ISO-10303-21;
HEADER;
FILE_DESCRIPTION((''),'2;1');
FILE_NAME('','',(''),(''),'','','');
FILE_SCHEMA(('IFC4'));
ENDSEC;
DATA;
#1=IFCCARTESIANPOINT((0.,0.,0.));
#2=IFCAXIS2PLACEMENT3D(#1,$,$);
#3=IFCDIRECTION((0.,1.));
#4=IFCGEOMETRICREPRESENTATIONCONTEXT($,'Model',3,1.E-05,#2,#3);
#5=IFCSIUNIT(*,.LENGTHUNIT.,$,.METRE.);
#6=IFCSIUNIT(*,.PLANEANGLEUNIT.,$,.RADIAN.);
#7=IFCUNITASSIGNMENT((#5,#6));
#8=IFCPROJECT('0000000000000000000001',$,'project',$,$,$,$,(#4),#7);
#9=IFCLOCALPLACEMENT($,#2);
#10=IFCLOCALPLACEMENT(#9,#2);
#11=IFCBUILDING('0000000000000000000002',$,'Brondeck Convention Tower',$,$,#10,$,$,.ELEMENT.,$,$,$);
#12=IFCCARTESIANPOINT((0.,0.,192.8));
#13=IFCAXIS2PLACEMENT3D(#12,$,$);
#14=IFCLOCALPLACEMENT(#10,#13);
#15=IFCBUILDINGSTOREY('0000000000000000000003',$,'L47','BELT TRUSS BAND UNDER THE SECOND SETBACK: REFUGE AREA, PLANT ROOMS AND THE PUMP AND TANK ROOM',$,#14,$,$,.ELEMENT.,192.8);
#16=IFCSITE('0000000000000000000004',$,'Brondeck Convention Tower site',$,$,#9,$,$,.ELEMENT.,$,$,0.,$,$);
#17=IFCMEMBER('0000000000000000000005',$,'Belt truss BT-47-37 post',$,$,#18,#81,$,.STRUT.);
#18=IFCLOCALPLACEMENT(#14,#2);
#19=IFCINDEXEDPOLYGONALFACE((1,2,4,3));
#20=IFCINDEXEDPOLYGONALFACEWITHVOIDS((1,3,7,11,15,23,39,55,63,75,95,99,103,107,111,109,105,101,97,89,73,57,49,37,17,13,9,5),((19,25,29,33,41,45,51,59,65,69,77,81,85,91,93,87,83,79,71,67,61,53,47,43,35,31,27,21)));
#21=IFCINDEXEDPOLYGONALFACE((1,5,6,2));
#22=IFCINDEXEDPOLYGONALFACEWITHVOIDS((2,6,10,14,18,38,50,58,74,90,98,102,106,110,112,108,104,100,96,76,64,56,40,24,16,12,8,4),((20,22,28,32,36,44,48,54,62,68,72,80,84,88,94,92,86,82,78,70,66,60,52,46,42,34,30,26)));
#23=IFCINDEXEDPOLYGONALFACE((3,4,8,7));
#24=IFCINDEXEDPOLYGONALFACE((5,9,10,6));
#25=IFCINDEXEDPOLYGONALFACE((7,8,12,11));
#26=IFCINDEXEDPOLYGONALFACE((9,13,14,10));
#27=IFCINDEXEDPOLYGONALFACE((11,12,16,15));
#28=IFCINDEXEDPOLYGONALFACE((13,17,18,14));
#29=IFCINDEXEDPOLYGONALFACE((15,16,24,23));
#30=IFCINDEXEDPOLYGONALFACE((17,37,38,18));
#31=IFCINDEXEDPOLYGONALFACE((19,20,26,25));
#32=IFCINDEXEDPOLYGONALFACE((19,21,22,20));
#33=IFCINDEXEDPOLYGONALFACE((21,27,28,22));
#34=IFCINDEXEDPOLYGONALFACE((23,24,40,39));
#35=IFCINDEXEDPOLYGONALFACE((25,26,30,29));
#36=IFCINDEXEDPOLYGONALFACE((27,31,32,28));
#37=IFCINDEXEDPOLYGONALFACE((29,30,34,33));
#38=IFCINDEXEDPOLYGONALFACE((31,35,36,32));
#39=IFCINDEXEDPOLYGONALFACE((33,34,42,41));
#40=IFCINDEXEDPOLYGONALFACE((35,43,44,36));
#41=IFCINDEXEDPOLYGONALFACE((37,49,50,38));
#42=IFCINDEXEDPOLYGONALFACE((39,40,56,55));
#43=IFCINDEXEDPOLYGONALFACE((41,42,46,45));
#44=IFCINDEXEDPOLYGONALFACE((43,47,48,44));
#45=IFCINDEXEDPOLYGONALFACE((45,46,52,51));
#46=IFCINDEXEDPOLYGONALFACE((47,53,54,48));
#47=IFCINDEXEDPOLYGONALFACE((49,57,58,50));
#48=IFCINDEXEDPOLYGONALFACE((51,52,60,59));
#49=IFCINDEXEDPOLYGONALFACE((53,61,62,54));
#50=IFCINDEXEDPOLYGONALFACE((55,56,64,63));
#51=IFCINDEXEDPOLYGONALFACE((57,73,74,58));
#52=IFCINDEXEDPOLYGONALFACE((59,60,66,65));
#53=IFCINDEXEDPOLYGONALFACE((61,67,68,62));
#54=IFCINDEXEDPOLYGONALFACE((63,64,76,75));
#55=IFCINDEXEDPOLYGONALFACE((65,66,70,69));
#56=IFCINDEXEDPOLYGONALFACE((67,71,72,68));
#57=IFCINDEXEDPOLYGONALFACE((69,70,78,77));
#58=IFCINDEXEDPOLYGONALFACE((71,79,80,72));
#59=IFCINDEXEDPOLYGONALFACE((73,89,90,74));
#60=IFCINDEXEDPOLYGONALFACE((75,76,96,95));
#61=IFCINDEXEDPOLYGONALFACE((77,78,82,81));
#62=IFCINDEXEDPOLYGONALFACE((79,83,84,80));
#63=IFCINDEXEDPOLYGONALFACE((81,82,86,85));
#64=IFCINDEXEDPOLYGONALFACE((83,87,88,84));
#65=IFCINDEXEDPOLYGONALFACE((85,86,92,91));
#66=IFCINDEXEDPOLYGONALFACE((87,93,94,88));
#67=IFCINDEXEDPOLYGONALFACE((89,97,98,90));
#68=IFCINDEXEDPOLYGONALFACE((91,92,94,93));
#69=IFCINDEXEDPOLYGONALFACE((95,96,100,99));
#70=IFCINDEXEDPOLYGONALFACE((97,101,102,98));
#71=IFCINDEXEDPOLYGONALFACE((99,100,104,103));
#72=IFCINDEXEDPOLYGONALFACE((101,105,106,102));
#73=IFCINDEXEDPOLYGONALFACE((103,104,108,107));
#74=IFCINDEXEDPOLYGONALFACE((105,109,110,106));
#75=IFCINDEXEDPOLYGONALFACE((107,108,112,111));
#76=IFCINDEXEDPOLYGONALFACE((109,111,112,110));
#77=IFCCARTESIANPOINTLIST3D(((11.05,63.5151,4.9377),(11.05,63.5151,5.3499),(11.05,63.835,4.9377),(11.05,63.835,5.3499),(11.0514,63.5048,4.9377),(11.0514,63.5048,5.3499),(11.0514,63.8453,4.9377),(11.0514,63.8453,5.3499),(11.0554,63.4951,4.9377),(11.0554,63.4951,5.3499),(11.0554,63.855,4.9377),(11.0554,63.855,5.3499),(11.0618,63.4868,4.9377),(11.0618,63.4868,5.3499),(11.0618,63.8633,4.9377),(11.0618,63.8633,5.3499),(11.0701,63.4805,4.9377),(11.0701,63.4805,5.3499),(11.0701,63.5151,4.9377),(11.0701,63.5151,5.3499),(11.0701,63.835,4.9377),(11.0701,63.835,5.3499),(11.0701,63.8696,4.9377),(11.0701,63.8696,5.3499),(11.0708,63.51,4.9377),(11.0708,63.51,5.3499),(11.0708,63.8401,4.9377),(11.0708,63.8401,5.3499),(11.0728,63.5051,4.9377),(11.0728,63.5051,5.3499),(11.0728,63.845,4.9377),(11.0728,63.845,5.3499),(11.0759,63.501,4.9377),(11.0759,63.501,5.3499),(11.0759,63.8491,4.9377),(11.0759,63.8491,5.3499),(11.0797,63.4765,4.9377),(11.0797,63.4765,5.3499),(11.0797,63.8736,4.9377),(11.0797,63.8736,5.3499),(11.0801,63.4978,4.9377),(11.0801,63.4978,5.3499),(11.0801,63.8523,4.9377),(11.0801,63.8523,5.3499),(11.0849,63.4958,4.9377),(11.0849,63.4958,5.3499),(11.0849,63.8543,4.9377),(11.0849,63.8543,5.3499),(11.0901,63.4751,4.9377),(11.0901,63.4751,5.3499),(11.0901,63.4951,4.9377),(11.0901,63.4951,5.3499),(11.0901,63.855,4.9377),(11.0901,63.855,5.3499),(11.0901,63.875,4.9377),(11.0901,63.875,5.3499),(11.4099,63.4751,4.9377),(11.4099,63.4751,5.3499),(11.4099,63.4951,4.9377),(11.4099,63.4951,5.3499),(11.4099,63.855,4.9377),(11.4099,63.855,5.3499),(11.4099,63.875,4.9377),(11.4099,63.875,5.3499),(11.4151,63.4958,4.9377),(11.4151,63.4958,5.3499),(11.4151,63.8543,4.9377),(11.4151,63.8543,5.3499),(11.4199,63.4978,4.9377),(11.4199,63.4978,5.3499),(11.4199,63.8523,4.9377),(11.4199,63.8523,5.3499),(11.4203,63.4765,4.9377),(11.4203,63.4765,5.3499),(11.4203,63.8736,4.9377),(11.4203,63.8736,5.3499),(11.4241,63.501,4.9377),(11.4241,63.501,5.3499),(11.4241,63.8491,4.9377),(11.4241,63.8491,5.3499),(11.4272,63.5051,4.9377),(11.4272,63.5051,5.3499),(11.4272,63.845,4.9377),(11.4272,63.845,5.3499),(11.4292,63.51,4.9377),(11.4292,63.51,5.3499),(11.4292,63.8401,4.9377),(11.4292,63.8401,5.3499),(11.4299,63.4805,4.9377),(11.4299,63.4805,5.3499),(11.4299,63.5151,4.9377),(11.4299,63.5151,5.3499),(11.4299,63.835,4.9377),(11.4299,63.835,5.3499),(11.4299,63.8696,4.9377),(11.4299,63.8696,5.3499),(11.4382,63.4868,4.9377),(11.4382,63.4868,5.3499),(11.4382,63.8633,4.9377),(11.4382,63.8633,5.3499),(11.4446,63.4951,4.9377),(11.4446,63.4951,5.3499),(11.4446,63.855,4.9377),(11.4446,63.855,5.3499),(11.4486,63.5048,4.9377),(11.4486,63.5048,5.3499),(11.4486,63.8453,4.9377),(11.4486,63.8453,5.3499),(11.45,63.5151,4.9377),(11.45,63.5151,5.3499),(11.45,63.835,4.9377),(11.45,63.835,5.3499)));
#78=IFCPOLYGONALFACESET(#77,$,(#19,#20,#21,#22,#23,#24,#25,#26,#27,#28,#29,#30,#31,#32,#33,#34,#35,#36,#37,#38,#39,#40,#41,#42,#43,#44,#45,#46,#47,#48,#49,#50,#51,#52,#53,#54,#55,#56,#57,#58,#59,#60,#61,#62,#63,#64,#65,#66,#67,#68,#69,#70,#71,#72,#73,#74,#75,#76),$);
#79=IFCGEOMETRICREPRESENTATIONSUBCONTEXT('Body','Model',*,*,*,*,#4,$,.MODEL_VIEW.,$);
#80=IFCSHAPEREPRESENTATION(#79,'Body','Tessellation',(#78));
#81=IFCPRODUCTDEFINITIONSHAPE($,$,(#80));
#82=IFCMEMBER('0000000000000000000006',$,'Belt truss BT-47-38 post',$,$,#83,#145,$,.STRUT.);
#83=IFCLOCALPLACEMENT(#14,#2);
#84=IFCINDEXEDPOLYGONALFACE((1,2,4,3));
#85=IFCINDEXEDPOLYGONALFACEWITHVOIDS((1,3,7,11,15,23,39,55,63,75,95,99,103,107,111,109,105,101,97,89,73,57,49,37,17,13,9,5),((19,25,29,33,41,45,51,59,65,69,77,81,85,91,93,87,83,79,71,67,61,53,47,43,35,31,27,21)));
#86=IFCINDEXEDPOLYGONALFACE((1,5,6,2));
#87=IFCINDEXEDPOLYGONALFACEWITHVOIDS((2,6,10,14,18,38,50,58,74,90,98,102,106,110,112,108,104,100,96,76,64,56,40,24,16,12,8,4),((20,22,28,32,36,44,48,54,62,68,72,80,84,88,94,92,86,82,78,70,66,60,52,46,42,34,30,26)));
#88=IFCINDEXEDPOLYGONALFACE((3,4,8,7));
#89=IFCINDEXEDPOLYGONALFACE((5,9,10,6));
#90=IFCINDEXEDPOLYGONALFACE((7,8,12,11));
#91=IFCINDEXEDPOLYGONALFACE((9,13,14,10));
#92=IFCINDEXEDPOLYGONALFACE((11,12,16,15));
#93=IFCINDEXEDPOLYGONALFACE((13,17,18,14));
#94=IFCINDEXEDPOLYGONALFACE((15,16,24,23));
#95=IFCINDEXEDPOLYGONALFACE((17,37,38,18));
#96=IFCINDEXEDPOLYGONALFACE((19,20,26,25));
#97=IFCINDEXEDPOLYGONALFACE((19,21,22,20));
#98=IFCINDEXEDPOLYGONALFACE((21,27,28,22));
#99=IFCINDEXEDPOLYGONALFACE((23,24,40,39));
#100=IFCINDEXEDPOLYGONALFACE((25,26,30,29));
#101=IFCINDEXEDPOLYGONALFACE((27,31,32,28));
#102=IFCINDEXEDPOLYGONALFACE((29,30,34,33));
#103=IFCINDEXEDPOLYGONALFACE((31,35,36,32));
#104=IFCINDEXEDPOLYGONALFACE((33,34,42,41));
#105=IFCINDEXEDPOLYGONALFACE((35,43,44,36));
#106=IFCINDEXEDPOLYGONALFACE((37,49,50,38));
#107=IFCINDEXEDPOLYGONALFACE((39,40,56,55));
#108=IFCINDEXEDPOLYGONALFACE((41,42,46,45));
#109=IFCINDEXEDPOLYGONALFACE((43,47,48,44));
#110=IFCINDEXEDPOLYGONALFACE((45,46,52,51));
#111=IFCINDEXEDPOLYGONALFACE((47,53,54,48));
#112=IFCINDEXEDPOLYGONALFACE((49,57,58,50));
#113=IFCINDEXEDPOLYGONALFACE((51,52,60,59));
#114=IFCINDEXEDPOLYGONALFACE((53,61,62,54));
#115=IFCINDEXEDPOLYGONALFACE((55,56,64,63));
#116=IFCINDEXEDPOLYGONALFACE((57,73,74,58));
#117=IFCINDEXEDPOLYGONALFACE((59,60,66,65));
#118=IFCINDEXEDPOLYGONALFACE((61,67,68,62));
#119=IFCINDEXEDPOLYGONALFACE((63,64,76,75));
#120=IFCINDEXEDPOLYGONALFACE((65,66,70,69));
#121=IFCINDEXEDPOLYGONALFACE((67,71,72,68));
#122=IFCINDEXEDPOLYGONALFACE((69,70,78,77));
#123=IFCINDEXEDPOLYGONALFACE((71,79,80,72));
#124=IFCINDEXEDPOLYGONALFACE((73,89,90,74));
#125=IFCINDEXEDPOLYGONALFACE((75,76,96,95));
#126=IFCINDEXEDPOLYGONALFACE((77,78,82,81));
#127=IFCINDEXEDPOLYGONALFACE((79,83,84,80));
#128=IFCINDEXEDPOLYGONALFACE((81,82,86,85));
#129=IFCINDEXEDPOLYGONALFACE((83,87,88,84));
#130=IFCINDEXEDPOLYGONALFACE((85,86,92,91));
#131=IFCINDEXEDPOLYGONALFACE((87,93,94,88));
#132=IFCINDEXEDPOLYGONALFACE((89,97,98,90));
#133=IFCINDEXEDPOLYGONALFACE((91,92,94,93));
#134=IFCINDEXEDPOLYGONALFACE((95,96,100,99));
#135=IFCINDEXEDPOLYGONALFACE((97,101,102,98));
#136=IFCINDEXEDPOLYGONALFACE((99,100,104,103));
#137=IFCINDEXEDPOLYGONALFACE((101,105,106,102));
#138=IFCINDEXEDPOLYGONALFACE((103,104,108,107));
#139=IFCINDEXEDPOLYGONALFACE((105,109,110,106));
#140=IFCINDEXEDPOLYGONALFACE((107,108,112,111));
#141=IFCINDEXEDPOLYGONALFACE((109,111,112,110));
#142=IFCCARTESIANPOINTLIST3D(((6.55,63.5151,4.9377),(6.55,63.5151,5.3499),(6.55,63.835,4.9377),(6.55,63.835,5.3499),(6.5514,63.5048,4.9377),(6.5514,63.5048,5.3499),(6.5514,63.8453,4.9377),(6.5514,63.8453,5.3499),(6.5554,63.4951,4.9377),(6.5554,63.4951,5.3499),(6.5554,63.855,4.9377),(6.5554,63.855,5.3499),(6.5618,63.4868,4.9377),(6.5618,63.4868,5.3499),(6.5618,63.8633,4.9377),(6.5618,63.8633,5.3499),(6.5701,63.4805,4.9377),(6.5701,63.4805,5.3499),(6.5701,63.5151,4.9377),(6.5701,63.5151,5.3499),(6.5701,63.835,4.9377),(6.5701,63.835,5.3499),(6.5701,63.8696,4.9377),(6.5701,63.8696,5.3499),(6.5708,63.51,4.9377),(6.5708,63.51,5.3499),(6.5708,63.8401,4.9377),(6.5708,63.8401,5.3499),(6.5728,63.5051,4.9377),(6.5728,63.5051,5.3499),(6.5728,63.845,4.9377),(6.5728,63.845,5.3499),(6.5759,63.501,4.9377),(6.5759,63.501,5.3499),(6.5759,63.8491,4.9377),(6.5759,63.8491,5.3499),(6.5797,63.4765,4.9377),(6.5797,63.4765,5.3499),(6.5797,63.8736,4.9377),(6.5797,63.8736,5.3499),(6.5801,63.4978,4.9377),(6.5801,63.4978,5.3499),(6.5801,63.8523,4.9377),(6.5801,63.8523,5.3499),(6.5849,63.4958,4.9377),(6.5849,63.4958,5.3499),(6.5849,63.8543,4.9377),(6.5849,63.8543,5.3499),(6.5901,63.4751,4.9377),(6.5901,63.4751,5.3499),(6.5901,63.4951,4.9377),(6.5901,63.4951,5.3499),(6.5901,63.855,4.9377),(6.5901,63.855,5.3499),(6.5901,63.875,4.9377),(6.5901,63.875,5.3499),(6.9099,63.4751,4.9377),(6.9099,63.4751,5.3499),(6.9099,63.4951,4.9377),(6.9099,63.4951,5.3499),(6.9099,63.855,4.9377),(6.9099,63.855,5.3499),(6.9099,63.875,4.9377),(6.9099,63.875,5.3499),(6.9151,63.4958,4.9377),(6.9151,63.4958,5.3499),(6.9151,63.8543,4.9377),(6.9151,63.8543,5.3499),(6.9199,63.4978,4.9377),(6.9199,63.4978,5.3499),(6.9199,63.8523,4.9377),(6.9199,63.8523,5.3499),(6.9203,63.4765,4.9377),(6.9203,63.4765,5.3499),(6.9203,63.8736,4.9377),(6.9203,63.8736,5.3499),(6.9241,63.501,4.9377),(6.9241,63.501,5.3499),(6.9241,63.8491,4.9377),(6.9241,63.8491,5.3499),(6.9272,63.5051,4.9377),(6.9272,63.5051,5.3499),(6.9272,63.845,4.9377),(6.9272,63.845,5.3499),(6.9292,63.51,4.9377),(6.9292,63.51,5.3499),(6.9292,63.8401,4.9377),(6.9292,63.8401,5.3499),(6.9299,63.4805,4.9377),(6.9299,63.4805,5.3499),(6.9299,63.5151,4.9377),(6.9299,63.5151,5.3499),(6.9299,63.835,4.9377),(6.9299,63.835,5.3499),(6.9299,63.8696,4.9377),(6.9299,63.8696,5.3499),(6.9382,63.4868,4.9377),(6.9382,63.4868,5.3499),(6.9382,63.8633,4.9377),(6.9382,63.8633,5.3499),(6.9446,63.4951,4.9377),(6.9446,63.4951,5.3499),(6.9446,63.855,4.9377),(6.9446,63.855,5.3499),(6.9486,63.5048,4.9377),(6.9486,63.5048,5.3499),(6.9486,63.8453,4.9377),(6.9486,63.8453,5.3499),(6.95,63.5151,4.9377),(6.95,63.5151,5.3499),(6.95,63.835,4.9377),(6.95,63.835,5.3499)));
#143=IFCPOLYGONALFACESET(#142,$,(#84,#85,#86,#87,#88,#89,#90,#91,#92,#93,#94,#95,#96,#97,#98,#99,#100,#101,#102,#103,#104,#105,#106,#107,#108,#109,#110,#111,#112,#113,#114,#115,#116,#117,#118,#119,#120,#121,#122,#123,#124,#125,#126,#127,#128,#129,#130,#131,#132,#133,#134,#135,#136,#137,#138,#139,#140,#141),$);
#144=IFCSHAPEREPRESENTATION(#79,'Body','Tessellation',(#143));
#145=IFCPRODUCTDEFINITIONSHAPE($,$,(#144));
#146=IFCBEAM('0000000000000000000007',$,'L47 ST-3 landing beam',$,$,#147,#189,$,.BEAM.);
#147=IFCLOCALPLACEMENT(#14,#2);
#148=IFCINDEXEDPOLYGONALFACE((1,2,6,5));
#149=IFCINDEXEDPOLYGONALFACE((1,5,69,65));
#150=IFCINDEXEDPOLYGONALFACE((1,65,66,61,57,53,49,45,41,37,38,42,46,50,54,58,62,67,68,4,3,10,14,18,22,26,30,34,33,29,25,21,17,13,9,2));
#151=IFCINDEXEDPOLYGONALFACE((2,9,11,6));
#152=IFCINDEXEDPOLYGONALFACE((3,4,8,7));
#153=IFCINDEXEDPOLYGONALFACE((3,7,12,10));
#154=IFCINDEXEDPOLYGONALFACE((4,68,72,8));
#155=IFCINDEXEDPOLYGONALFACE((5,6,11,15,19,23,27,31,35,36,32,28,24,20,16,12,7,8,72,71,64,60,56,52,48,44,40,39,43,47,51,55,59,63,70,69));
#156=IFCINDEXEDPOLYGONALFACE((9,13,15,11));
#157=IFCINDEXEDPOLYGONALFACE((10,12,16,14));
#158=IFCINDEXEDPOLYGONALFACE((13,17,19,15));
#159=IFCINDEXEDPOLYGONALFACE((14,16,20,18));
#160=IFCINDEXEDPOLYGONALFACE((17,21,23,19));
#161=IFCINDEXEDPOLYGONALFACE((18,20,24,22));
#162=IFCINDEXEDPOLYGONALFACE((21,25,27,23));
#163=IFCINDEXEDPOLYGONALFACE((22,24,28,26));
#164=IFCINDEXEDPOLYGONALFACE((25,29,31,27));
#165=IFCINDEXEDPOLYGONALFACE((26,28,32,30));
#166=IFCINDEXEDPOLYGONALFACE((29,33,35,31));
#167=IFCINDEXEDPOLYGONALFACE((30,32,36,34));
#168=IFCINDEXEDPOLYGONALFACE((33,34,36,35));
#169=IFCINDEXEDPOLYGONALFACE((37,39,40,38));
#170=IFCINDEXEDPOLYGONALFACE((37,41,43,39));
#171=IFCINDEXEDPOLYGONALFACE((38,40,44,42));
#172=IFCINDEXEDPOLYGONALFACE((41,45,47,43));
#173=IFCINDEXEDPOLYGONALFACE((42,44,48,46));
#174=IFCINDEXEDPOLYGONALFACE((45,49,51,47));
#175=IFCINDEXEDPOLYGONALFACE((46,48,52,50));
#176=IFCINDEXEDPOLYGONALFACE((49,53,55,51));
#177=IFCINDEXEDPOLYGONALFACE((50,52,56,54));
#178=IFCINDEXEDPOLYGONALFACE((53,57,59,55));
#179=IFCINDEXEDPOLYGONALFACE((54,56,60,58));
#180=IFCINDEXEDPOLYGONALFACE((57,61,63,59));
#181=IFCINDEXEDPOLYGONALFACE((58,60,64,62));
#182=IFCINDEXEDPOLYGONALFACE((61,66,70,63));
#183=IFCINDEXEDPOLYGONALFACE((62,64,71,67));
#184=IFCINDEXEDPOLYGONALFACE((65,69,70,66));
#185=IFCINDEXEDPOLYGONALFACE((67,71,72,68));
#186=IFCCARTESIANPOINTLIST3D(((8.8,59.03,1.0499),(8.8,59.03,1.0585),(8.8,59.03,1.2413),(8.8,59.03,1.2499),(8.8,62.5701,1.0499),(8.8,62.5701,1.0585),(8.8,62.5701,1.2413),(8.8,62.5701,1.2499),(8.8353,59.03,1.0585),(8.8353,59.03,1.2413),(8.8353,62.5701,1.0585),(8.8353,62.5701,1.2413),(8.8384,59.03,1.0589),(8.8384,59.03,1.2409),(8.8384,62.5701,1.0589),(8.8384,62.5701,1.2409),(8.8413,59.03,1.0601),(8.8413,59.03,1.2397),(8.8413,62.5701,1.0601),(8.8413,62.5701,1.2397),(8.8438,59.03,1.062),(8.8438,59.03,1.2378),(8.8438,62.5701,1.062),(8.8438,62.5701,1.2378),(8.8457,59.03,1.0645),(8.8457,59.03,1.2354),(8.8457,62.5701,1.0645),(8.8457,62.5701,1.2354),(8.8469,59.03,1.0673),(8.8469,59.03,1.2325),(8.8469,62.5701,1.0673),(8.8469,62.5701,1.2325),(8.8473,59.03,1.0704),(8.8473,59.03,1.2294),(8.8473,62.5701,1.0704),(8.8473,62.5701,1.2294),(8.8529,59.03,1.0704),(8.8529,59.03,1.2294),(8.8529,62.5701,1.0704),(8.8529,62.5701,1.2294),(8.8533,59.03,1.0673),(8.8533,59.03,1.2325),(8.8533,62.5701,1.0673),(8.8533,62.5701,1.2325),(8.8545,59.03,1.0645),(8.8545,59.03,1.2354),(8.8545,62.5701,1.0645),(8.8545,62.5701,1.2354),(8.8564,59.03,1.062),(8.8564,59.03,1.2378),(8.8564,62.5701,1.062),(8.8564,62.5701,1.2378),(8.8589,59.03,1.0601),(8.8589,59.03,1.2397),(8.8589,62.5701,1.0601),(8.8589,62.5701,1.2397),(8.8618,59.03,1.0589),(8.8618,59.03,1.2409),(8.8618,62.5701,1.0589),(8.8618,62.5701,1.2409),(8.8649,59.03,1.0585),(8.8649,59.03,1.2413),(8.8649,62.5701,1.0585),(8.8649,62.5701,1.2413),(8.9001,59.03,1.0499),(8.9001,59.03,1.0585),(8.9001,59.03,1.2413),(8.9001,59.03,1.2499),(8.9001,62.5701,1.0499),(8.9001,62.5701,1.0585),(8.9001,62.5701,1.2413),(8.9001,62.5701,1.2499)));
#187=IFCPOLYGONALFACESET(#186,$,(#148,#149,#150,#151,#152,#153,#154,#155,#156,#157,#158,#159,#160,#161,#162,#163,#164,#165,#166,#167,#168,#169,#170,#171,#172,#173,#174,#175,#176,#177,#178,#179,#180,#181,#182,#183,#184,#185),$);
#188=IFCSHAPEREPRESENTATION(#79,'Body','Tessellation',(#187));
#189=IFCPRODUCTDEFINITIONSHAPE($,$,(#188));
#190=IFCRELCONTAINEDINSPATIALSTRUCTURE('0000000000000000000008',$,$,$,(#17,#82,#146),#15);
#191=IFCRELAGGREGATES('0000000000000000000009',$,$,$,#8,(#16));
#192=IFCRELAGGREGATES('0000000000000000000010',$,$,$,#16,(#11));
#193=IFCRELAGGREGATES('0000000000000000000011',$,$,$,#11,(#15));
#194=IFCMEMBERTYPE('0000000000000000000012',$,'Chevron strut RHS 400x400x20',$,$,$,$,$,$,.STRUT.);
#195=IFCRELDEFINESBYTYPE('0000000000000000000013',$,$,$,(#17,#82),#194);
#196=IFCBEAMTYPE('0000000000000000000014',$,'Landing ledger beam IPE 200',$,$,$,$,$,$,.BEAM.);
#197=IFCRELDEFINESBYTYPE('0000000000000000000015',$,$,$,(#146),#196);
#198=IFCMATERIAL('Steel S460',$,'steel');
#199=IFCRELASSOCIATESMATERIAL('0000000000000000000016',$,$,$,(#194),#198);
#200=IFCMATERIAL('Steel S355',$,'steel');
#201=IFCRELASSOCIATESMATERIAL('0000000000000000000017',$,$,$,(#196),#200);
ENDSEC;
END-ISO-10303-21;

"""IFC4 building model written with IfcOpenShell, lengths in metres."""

from ifc_helpers import new_model, si_unit, direction, frame, origin, origin_2d, place, context, subcontext, project, spatial, hollow_rectangle, i_section, extrude, material, material_profile, profile_set, type_object, element, save


model = new_model("IFC4")

# Units and contexts
model_context = context("Model", 3, precision=1e-05, world=origin(), true_north=direction((0.0, 1.0)))
body_context = subcontext(model_context, "Body", "Model", "MODEL_VIEW")
ifc_project = project(units=[si_unit("LENGTHUNIT", "METRE"), si_unit("PLANEANGLEUNIT", "RADIAN")], contexts=[model_context])

# Site, building, storey
site_placement = place(None, origin())
site = spatial("IfcSite", under=ifc_project, at=site_placement, Name="Brondeck Convention Tower site", CompositionType="ELEMENT", RefElevation=0.0)
building_placement = place(site_placement, origin())
building = spatial("IfcBuilding", under=site, at=building_placement, Name="Brondeck Convention Tower", CompositionType="ELEMENT")
storey_placement = place(building_placement, frame((0.0, 0.0, 192.8)))
storey = spatial("IfcBuildingStorey", under=building, at=storey_placement, Name="L47", Description="BELT TRUSS BAND UNDER THE SECOND SETBACK: REFUGE AREA, PLANT ROOMS AND THE PUMP AND TANK ROOM", CompositionType="ELEMENT", Elevation=192.8)

# Members
ifc_material_1 = material(Name="Steel S460", Category="steel")
ifc_material_profile_1 = material_profile(ifc_material_1, hollow_rectangle(XDim=0.3999, YDim=0.3999, WallThickness=0.02, InnerFilletRadius=0.02, OuterFilletRadius=0.04, at=origin_2d()), Name="RHS 400x400x20")
ifc_profile_set_1 = profile_set([ifc_material_profile_1], Name="Steel S460")
member_type_1 = type_object("IfcMemberType", Name="Chevron strut RHS 400x400x20", PredefinedType="STRUT", material=ifc_profile_set_1)
for number, where, z_axis, x_axis, name in (
    (1, (11.25, 63.675, 4.9377), (0.0, 0.0, 1.0), (1.0, 0.0, 0.0), "Belt truss BT-47-37 post"),
    (2, (6.75, 63.675, 4.9377), (0.0, 0.0, 1.0), (1.0, 0.0, 0.0), "Belt truss BT-47-38 post"),
):
    element("IfcMember", number, at=place(storey_placement, frame(where, z_axis=z_axis, x_axis=x_axis)), inside=storey, type_object=member_type_1, Name=name, PredefinedType="STRUT", context=body_context, shape_type="SweptSolid", body=[
        extrude(hollow_rectangle(XDim=0.3999, YDim=0.3999, WallThickness=0.02, InnerFilletRadius=0.02, OuterFilletRadius=0.04, at=origin_2d()), origin(), (0.0, 0.0, 1.0), 0.4121),
    ])

# Beam
ifc_material_2 = material(Name="Steel S355", Category="steel")
ifc_material_profile_2 = material_profile(ifc_material_2, i_section(OverallWidth=0.1001, OverallDepth=0.2, WebThickness=0.0056, FlangeThickness=0.0085, FilletRadius=0.012, at=origin_2d()), Name="IPE200")
ifc_profile_set_2 = profile_set([ifc_material_profile_2], Name="Steel S355")
beam_type_1 = type_object("IfcBeamType", Name="Landing ledger beam IPE 200", PredefinedType="BEAM", material=ifc_profile_set_2)
for number, where, z_axis, x_axis, name in (
    (3, (8.8501, 62.5701, 1.1499), (0.0, -1.0, 0.0), (1.0, 0.0, 0.0), "L47 ST-3 landing beam"),
):
    element("IfcBeam", number, at=place(storey_placement, frame(where, z_axis=z_axis, x_axis=x_axis)), inside=storey, type_object=beam_type_1, Name=name, PredefinedType="BEAM", context=body_context, shape_type="SweptSolid", body=[
        extrude(i_section(OverallWidth=0.1001, OverallDepth=0.2, WebThickness=0.0056, FlangeThickness=0.0085, FilletRadius=0.012, at=origin_2d()), origin(), (0.0, 0.0, 1.0), 3.54),
    ])

save(model, "model.ifc")
